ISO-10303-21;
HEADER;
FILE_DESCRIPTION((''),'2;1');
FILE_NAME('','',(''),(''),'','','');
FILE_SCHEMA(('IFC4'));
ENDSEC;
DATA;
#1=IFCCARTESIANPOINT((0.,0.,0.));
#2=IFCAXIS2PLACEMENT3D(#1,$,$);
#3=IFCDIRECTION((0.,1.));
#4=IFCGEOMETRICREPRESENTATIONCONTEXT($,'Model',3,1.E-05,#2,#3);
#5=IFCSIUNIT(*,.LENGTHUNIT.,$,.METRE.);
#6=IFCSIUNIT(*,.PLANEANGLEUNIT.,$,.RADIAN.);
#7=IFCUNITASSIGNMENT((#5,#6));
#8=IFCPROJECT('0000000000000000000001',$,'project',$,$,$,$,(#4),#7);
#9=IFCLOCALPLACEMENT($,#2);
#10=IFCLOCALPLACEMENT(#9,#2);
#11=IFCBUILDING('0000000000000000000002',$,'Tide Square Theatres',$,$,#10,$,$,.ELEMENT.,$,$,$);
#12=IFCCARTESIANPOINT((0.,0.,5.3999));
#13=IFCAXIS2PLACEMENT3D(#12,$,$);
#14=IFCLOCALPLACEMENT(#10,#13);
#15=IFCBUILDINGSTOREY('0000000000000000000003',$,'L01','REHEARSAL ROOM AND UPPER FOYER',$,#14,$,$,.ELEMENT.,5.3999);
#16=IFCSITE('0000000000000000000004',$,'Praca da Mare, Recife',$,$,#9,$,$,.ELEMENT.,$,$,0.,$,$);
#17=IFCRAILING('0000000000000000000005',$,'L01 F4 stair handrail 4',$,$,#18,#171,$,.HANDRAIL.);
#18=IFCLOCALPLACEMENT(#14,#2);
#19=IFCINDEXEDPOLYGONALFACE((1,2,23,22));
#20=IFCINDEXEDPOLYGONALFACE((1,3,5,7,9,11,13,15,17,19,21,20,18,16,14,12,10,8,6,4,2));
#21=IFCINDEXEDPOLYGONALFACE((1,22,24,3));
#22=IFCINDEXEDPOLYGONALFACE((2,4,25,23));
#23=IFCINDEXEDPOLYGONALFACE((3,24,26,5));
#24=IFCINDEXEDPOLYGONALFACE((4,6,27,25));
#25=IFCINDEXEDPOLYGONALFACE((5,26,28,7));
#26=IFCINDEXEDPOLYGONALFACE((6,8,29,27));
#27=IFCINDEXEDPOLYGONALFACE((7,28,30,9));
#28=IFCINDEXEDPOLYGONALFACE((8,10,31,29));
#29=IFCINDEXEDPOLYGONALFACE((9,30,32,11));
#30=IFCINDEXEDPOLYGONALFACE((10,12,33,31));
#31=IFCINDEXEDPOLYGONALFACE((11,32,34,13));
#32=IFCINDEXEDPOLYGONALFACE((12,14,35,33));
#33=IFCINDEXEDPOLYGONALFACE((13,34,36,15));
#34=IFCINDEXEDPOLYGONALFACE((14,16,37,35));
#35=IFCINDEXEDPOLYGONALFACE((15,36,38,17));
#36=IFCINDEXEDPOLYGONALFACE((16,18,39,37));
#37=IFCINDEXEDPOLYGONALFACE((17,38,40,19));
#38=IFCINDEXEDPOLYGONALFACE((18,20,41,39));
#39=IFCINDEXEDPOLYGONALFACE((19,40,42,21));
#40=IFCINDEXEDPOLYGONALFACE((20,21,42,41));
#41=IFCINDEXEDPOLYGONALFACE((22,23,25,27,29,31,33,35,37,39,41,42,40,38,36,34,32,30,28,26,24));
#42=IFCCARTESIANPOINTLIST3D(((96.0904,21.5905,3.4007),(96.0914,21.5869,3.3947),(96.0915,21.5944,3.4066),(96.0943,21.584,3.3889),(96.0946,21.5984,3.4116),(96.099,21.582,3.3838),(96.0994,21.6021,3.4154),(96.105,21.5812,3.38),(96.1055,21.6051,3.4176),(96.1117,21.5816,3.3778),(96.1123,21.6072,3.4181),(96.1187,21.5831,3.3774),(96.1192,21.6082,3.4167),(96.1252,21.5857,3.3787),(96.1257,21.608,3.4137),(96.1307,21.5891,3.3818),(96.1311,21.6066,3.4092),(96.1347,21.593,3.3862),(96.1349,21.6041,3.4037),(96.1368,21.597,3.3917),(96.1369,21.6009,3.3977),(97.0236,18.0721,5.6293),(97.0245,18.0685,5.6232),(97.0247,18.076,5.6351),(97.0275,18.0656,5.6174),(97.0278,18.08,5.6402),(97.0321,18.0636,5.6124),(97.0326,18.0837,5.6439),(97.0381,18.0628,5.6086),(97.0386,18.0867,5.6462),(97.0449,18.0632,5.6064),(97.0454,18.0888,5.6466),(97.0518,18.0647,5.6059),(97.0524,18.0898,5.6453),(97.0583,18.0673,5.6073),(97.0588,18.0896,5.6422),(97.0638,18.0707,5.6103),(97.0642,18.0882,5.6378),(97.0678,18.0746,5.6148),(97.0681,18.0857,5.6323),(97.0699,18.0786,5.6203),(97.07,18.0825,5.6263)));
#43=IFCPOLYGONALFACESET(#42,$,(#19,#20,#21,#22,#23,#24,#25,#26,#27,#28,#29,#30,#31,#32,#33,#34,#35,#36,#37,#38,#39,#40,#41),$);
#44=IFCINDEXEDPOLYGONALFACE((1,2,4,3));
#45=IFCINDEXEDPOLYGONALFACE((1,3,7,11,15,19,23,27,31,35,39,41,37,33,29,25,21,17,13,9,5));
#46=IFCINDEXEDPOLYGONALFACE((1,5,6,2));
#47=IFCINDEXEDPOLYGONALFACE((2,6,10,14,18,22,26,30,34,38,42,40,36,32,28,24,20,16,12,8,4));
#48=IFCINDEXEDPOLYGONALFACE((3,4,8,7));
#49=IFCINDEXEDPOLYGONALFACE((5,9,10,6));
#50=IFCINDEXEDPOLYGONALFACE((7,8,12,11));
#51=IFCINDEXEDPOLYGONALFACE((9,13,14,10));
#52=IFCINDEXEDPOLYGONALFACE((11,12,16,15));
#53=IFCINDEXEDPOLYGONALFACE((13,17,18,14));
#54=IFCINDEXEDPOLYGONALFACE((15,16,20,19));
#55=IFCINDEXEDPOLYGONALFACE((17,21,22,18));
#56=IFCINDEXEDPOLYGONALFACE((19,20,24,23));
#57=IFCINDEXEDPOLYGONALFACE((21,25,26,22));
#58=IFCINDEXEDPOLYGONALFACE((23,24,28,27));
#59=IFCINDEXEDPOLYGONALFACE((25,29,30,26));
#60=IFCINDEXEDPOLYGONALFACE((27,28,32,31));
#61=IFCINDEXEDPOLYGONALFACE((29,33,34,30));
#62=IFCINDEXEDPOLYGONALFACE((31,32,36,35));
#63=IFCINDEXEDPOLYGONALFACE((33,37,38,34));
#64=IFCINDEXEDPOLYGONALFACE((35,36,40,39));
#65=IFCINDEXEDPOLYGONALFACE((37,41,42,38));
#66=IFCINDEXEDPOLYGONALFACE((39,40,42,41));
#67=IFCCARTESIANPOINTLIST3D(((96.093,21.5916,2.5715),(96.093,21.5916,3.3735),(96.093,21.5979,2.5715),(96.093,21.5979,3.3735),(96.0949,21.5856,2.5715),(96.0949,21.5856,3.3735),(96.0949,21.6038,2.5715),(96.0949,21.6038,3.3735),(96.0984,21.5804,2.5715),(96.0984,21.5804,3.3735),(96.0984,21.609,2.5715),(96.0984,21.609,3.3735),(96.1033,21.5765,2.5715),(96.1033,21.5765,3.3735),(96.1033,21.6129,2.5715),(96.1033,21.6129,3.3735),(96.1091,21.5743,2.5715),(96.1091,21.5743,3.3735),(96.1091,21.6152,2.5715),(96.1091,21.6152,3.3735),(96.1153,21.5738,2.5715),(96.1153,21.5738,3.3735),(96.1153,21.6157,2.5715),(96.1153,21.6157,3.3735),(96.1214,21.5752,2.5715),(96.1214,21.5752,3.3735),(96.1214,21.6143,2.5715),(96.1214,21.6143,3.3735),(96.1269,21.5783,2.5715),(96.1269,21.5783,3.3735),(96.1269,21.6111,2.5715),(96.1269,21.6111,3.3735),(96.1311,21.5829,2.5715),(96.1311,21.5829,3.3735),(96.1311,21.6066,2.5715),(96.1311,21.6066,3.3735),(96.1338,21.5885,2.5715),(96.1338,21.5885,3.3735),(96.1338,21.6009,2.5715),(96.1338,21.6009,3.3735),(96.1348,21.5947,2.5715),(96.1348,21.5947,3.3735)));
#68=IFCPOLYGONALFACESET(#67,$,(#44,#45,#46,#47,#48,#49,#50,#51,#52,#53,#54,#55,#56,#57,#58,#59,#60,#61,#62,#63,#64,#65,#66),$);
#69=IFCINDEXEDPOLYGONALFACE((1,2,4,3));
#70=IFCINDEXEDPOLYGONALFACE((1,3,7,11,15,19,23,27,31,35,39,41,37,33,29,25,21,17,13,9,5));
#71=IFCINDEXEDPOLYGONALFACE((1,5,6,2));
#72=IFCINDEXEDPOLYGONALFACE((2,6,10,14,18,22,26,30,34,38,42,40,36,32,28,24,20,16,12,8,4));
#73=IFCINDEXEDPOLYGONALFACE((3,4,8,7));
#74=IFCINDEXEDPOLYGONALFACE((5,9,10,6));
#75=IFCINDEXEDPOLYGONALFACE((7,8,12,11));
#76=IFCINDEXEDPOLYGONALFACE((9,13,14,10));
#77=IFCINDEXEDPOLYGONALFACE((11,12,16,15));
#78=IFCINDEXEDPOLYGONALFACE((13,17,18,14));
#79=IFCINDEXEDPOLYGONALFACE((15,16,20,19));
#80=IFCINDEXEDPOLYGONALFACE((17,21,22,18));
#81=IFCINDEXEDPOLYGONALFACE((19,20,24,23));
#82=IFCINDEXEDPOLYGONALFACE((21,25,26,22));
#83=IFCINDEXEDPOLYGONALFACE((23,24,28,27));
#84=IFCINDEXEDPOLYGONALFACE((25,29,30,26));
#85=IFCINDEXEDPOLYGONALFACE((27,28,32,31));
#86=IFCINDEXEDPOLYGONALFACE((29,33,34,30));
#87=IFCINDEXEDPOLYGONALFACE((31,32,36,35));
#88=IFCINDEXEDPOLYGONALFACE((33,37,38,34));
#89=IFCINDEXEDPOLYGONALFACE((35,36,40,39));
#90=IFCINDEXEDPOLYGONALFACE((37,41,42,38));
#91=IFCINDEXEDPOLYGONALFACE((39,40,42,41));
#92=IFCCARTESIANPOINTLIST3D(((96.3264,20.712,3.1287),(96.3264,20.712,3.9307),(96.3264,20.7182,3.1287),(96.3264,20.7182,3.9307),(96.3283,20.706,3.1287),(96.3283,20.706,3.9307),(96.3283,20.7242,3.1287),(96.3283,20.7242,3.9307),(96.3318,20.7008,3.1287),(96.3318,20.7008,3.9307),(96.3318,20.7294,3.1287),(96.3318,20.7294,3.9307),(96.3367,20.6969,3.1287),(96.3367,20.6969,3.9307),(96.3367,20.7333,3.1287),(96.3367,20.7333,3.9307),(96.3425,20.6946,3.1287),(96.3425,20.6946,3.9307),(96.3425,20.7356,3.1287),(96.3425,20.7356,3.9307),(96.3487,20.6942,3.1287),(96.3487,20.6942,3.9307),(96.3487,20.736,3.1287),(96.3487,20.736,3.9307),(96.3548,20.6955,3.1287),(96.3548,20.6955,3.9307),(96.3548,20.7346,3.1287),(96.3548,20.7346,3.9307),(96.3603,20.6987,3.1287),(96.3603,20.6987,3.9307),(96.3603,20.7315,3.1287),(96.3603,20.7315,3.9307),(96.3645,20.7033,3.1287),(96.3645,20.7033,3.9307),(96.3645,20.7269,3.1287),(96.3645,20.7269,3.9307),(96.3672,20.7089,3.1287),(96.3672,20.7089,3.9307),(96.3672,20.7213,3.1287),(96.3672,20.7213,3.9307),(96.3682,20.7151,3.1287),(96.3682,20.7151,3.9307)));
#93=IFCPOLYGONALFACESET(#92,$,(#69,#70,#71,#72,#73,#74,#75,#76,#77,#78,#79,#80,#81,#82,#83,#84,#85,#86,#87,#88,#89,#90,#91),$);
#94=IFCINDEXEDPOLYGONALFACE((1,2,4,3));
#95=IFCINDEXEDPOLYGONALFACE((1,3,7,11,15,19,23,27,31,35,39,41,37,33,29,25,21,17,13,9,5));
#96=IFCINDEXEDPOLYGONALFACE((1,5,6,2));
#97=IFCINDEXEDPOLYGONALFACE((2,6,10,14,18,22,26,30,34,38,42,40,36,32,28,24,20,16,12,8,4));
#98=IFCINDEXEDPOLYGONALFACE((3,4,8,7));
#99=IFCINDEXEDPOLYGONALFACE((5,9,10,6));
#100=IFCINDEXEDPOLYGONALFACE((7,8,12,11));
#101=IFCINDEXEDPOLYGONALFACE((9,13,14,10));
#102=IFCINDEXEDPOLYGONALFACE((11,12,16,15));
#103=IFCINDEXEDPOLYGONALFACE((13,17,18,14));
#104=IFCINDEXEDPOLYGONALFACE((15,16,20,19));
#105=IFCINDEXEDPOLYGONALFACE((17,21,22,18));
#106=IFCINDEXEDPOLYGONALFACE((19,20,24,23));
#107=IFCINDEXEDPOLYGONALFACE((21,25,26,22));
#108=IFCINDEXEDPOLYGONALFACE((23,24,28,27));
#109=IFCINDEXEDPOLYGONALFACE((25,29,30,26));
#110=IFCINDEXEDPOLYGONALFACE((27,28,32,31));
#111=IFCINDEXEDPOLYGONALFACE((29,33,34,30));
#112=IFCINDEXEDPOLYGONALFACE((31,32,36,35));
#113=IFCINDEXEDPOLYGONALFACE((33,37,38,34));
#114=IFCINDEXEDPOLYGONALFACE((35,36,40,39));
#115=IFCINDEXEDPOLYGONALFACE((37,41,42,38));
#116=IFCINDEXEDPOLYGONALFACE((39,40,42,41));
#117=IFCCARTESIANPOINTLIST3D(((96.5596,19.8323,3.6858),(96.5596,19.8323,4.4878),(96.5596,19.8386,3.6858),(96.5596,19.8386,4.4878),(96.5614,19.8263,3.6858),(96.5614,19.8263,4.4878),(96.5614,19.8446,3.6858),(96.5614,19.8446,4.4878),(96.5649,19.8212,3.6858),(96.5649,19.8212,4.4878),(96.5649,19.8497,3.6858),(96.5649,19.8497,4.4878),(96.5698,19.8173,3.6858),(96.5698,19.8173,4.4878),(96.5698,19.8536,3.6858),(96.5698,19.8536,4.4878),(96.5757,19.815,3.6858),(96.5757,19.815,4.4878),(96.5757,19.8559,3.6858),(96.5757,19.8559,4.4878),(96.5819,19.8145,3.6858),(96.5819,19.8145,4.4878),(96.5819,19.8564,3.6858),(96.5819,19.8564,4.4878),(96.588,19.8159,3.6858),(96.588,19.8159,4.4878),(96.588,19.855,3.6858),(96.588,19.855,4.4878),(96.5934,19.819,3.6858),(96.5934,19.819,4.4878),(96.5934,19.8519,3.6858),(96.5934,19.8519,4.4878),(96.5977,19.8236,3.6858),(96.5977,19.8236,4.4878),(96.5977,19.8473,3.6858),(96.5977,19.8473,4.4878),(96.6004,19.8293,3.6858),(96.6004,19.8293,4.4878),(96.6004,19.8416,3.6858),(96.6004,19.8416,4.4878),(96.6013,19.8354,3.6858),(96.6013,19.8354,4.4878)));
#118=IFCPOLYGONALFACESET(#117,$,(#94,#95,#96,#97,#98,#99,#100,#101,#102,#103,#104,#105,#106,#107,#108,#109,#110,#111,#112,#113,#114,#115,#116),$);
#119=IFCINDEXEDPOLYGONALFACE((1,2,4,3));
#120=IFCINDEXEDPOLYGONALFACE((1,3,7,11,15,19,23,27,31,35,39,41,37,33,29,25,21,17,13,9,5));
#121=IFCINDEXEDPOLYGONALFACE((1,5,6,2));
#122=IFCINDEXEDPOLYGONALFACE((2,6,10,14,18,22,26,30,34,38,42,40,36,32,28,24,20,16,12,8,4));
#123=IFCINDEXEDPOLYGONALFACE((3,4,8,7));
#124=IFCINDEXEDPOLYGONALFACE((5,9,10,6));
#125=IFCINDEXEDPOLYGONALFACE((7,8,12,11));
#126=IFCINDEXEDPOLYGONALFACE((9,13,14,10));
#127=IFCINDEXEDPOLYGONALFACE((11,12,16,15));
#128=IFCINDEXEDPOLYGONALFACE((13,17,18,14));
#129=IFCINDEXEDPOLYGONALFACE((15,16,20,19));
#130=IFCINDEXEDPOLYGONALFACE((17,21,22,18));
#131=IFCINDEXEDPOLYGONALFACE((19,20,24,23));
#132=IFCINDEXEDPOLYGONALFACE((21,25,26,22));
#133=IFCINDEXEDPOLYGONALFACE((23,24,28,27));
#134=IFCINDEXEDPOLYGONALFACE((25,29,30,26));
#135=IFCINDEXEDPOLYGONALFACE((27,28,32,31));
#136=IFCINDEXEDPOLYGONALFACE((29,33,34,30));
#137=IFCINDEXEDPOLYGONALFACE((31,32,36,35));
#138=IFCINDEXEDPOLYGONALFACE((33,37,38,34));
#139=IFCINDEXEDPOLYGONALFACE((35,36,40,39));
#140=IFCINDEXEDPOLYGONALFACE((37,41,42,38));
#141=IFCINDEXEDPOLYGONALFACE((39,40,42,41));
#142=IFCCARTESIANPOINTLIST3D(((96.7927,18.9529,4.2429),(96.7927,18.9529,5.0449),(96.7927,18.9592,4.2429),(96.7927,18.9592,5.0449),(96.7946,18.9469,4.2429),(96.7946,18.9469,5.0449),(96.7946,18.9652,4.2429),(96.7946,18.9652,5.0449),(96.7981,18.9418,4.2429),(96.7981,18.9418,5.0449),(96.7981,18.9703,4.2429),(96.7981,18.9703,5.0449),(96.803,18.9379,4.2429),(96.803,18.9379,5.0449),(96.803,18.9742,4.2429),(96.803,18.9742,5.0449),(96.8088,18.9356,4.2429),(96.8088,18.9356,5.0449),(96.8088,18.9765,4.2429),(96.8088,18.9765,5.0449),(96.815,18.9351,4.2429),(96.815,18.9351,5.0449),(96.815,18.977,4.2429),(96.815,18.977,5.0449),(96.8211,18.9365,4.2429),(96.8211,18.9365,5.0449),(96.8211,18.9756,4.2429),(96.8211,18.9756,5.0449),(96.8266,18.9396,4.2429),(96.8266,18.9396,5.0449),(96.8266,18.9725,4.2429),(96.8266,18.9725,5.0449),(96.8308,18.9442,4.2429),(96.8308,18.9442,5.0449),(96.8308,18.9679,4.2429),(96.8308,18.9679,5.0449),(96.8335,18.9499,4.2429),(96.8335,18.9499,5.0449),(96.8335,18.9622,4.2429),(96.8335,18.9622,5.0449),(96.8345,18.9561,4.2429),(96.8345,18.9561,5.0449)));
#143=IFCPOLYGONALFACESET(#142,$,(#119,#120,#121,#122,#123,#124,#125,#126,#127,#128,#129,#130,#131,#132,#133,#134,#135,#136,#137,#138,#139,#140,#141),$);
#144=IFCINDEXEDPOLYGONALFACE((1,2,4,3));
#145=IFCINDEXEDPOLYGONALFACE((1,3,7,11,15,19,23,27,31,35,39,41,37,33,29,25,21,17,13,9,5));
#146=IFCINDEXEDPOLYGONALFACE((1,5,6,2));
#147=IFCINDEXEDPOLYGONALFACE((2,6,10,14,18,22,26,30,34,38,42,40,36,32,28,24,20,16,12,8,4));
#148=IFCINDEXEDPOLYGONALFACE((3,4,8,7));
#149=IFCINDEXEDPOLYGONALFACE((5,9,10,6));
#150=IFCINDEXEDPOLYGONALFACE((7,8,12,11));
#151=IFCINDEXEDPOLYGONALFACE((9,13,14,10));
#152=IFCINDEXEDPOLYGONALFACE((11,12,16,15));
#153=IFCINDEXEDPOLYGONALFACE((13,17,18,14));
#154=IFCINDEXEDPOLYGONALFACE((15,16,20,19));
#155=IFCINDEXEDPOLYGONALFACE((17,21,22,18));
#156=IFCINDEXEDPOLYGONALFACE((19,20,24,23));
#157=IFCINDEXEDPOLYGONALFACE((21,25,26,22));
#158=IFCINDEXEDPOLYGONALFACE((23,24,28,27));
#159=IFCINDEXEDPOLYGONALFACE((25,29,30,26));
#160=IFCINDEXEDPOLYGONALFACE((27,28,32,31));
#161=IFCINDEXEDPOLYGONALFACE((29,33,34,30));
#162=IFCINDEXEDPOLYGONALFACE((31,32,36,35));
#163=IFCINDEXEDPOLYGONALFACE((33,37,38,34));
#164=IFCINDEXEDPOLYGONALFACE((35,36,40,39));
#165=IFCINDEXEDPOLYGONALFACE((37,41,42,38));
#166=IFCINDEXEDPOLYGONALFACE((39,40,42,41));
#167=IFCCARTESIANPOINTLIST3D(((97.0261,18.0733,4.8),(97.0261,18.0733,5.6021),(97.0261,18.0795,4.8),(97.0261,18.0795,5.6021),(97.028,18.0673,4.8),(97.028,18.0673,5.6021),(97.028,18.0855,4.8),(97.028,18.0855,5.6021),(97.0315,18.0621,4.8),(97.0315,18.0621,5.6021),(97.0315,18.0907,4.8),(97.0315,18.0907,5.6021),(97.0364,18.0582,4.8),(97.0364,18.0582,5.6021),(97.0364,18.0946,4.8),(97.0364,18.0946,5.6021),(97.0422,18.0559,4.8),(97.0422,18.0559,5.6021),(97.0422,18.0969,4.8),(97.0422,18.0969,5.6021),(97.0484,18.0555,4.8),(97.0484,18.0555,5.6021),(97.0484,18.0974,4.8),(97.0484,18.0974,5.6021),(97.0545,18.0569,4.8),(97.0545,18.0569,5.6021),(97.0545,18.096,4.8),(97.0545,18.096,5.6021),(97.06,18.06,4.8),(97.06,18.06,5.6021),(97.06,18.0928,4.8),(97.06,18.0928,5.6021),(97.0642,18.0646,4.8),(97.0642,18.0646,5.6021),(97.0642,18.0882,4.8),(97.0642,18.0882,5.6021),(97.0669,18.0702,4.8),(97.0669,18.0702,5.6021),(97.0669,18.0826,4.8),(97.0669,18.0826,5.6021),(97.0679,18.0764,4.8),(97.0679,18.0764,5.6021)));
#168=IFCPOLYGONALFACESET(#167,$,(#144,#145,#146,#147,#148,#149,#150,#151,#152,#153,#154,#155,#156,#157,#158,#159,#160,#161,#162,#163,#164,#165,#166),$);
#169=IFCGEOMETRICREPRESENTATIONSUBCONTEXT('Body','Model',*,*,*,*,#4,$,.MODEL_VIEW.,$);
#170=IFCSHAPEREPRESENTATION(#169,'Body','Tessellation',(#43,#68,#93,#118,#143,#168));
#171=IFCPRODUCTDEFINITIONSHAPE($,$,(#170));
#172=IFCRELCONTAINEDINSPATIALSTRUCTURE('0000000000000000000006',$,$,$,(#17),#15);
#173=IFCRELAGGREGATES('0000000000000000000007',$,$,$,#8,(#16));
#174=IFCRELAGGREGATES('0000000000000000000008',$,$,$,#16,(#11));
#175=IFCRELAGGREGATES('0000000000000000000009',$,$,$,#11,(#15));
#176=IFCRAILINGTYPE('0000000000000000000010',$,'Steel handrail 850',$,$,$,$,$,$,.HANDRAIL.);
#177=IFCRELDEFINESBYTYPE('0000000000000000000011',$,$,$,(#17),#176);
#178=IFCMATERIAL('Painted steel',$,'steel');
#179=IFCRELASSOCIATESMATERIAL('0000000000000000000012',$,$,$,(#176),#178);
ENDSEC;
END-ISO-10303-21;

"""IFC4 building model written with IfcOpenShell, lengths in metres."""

from ifc_helpers import new_model, si_unit, direction, frame, origin, origin_2d, place, context, subcontext, project, spatial, circle, extrude, material, type_object, element, save


model = new_model("IFC4")

# Units and contexts
model_context = context("Model", 3, precision=1e-05, world=origin(), true_north=direction((0.0, 1.0)))
body_context = subcontext(model_context, "Body", "Model", "MODEL_VIEW")
ifc_project = project(units=[si_unit("LENGTHUNIT", "METRE"), si_unit("PLANEANGLEUNIT", "RADIAN")], contexts=[model_context])

# Site, building, storey
site_placement = place(None, origin())
site = spatial("IfcSite", under=ifc_project, at=site_placement, Name="Praca da Mare, Recife", CompositionType="ELEMENT", RefElevation=0.0)
building_placement = place(site_placement, origin())
building = spatial("IfcBuilding", under=site, at=building_placement, Name="Tide Square Theatres", CompositionType="ELEMENT")
storey_placement = place(building_placement, frame((0.0, 0.0, 5.3999)))
storey = spatial("IfcBuildingStorey", under=building, at=storey_placement, Name="L01", Description="REHEARSAL ROOM AND UPPER FOYER", CompositionType="ELEMENT", Elevation=5.3999)

# Railing
ifc_material_1 = material(Name="Painted steel", Category="steel")
railing_type_1 = type_object("IfcRailingType", Name="Steel handrail 850", PredefinedType="HANDRAIL", material=ifc_material_1)
for number, where, name in (
    (1, (96.1138, 21.5947, 2.5715), "L01 F4 stair handrail 4"),
):
    element("IfcRailing", number, at=place(storey_placement, frame(where)), inside=storey, type_object=railing_type_1, Name=name, PredefinedType="HANDRAIL", context=body_context, shape_type="SweptSolid", body=[
        extrude(circle(Radius=0.0239, at=origin_2d()), frame((0.0, 0.0, 0.8262), z_axis=(0.21863, -0.824354, 0.52215), x_axis=(0.966584, 0.256352, 0.0)), (0.0, 0.0, 1.0), 4.2681),
        extrude(circle(Radius=0.021, at=origin_2d()), origin(), (0.0, 0.0, 1.0), 0.802),
        extrude(circle(Radius=0.021, at=origin_2d()), frame((0.2334, -0.8796, 0.5571)), (0.0, 0.0, 1.0), 0.802),
        extrude(circle(Radius=0.021, at=origin_2d()), frame((0.4666, -1.7593, 1.1143)), (0.0, 0.0, 1.0), 0.802),
        extrude(circle(Radius=0.021, at=origin_2d()), frame((0.6997, -2.6387, 1.6714)), (0.0, 0.0, 1.0), 0.802),
        extrude(circle(Radius=0.021, at=origin_2d()), frame((0.9331, -3.5183, 2.2285)), (0.0, 0.0, 1.0), 0.802),
    ])

save(model, "model.ifc")
